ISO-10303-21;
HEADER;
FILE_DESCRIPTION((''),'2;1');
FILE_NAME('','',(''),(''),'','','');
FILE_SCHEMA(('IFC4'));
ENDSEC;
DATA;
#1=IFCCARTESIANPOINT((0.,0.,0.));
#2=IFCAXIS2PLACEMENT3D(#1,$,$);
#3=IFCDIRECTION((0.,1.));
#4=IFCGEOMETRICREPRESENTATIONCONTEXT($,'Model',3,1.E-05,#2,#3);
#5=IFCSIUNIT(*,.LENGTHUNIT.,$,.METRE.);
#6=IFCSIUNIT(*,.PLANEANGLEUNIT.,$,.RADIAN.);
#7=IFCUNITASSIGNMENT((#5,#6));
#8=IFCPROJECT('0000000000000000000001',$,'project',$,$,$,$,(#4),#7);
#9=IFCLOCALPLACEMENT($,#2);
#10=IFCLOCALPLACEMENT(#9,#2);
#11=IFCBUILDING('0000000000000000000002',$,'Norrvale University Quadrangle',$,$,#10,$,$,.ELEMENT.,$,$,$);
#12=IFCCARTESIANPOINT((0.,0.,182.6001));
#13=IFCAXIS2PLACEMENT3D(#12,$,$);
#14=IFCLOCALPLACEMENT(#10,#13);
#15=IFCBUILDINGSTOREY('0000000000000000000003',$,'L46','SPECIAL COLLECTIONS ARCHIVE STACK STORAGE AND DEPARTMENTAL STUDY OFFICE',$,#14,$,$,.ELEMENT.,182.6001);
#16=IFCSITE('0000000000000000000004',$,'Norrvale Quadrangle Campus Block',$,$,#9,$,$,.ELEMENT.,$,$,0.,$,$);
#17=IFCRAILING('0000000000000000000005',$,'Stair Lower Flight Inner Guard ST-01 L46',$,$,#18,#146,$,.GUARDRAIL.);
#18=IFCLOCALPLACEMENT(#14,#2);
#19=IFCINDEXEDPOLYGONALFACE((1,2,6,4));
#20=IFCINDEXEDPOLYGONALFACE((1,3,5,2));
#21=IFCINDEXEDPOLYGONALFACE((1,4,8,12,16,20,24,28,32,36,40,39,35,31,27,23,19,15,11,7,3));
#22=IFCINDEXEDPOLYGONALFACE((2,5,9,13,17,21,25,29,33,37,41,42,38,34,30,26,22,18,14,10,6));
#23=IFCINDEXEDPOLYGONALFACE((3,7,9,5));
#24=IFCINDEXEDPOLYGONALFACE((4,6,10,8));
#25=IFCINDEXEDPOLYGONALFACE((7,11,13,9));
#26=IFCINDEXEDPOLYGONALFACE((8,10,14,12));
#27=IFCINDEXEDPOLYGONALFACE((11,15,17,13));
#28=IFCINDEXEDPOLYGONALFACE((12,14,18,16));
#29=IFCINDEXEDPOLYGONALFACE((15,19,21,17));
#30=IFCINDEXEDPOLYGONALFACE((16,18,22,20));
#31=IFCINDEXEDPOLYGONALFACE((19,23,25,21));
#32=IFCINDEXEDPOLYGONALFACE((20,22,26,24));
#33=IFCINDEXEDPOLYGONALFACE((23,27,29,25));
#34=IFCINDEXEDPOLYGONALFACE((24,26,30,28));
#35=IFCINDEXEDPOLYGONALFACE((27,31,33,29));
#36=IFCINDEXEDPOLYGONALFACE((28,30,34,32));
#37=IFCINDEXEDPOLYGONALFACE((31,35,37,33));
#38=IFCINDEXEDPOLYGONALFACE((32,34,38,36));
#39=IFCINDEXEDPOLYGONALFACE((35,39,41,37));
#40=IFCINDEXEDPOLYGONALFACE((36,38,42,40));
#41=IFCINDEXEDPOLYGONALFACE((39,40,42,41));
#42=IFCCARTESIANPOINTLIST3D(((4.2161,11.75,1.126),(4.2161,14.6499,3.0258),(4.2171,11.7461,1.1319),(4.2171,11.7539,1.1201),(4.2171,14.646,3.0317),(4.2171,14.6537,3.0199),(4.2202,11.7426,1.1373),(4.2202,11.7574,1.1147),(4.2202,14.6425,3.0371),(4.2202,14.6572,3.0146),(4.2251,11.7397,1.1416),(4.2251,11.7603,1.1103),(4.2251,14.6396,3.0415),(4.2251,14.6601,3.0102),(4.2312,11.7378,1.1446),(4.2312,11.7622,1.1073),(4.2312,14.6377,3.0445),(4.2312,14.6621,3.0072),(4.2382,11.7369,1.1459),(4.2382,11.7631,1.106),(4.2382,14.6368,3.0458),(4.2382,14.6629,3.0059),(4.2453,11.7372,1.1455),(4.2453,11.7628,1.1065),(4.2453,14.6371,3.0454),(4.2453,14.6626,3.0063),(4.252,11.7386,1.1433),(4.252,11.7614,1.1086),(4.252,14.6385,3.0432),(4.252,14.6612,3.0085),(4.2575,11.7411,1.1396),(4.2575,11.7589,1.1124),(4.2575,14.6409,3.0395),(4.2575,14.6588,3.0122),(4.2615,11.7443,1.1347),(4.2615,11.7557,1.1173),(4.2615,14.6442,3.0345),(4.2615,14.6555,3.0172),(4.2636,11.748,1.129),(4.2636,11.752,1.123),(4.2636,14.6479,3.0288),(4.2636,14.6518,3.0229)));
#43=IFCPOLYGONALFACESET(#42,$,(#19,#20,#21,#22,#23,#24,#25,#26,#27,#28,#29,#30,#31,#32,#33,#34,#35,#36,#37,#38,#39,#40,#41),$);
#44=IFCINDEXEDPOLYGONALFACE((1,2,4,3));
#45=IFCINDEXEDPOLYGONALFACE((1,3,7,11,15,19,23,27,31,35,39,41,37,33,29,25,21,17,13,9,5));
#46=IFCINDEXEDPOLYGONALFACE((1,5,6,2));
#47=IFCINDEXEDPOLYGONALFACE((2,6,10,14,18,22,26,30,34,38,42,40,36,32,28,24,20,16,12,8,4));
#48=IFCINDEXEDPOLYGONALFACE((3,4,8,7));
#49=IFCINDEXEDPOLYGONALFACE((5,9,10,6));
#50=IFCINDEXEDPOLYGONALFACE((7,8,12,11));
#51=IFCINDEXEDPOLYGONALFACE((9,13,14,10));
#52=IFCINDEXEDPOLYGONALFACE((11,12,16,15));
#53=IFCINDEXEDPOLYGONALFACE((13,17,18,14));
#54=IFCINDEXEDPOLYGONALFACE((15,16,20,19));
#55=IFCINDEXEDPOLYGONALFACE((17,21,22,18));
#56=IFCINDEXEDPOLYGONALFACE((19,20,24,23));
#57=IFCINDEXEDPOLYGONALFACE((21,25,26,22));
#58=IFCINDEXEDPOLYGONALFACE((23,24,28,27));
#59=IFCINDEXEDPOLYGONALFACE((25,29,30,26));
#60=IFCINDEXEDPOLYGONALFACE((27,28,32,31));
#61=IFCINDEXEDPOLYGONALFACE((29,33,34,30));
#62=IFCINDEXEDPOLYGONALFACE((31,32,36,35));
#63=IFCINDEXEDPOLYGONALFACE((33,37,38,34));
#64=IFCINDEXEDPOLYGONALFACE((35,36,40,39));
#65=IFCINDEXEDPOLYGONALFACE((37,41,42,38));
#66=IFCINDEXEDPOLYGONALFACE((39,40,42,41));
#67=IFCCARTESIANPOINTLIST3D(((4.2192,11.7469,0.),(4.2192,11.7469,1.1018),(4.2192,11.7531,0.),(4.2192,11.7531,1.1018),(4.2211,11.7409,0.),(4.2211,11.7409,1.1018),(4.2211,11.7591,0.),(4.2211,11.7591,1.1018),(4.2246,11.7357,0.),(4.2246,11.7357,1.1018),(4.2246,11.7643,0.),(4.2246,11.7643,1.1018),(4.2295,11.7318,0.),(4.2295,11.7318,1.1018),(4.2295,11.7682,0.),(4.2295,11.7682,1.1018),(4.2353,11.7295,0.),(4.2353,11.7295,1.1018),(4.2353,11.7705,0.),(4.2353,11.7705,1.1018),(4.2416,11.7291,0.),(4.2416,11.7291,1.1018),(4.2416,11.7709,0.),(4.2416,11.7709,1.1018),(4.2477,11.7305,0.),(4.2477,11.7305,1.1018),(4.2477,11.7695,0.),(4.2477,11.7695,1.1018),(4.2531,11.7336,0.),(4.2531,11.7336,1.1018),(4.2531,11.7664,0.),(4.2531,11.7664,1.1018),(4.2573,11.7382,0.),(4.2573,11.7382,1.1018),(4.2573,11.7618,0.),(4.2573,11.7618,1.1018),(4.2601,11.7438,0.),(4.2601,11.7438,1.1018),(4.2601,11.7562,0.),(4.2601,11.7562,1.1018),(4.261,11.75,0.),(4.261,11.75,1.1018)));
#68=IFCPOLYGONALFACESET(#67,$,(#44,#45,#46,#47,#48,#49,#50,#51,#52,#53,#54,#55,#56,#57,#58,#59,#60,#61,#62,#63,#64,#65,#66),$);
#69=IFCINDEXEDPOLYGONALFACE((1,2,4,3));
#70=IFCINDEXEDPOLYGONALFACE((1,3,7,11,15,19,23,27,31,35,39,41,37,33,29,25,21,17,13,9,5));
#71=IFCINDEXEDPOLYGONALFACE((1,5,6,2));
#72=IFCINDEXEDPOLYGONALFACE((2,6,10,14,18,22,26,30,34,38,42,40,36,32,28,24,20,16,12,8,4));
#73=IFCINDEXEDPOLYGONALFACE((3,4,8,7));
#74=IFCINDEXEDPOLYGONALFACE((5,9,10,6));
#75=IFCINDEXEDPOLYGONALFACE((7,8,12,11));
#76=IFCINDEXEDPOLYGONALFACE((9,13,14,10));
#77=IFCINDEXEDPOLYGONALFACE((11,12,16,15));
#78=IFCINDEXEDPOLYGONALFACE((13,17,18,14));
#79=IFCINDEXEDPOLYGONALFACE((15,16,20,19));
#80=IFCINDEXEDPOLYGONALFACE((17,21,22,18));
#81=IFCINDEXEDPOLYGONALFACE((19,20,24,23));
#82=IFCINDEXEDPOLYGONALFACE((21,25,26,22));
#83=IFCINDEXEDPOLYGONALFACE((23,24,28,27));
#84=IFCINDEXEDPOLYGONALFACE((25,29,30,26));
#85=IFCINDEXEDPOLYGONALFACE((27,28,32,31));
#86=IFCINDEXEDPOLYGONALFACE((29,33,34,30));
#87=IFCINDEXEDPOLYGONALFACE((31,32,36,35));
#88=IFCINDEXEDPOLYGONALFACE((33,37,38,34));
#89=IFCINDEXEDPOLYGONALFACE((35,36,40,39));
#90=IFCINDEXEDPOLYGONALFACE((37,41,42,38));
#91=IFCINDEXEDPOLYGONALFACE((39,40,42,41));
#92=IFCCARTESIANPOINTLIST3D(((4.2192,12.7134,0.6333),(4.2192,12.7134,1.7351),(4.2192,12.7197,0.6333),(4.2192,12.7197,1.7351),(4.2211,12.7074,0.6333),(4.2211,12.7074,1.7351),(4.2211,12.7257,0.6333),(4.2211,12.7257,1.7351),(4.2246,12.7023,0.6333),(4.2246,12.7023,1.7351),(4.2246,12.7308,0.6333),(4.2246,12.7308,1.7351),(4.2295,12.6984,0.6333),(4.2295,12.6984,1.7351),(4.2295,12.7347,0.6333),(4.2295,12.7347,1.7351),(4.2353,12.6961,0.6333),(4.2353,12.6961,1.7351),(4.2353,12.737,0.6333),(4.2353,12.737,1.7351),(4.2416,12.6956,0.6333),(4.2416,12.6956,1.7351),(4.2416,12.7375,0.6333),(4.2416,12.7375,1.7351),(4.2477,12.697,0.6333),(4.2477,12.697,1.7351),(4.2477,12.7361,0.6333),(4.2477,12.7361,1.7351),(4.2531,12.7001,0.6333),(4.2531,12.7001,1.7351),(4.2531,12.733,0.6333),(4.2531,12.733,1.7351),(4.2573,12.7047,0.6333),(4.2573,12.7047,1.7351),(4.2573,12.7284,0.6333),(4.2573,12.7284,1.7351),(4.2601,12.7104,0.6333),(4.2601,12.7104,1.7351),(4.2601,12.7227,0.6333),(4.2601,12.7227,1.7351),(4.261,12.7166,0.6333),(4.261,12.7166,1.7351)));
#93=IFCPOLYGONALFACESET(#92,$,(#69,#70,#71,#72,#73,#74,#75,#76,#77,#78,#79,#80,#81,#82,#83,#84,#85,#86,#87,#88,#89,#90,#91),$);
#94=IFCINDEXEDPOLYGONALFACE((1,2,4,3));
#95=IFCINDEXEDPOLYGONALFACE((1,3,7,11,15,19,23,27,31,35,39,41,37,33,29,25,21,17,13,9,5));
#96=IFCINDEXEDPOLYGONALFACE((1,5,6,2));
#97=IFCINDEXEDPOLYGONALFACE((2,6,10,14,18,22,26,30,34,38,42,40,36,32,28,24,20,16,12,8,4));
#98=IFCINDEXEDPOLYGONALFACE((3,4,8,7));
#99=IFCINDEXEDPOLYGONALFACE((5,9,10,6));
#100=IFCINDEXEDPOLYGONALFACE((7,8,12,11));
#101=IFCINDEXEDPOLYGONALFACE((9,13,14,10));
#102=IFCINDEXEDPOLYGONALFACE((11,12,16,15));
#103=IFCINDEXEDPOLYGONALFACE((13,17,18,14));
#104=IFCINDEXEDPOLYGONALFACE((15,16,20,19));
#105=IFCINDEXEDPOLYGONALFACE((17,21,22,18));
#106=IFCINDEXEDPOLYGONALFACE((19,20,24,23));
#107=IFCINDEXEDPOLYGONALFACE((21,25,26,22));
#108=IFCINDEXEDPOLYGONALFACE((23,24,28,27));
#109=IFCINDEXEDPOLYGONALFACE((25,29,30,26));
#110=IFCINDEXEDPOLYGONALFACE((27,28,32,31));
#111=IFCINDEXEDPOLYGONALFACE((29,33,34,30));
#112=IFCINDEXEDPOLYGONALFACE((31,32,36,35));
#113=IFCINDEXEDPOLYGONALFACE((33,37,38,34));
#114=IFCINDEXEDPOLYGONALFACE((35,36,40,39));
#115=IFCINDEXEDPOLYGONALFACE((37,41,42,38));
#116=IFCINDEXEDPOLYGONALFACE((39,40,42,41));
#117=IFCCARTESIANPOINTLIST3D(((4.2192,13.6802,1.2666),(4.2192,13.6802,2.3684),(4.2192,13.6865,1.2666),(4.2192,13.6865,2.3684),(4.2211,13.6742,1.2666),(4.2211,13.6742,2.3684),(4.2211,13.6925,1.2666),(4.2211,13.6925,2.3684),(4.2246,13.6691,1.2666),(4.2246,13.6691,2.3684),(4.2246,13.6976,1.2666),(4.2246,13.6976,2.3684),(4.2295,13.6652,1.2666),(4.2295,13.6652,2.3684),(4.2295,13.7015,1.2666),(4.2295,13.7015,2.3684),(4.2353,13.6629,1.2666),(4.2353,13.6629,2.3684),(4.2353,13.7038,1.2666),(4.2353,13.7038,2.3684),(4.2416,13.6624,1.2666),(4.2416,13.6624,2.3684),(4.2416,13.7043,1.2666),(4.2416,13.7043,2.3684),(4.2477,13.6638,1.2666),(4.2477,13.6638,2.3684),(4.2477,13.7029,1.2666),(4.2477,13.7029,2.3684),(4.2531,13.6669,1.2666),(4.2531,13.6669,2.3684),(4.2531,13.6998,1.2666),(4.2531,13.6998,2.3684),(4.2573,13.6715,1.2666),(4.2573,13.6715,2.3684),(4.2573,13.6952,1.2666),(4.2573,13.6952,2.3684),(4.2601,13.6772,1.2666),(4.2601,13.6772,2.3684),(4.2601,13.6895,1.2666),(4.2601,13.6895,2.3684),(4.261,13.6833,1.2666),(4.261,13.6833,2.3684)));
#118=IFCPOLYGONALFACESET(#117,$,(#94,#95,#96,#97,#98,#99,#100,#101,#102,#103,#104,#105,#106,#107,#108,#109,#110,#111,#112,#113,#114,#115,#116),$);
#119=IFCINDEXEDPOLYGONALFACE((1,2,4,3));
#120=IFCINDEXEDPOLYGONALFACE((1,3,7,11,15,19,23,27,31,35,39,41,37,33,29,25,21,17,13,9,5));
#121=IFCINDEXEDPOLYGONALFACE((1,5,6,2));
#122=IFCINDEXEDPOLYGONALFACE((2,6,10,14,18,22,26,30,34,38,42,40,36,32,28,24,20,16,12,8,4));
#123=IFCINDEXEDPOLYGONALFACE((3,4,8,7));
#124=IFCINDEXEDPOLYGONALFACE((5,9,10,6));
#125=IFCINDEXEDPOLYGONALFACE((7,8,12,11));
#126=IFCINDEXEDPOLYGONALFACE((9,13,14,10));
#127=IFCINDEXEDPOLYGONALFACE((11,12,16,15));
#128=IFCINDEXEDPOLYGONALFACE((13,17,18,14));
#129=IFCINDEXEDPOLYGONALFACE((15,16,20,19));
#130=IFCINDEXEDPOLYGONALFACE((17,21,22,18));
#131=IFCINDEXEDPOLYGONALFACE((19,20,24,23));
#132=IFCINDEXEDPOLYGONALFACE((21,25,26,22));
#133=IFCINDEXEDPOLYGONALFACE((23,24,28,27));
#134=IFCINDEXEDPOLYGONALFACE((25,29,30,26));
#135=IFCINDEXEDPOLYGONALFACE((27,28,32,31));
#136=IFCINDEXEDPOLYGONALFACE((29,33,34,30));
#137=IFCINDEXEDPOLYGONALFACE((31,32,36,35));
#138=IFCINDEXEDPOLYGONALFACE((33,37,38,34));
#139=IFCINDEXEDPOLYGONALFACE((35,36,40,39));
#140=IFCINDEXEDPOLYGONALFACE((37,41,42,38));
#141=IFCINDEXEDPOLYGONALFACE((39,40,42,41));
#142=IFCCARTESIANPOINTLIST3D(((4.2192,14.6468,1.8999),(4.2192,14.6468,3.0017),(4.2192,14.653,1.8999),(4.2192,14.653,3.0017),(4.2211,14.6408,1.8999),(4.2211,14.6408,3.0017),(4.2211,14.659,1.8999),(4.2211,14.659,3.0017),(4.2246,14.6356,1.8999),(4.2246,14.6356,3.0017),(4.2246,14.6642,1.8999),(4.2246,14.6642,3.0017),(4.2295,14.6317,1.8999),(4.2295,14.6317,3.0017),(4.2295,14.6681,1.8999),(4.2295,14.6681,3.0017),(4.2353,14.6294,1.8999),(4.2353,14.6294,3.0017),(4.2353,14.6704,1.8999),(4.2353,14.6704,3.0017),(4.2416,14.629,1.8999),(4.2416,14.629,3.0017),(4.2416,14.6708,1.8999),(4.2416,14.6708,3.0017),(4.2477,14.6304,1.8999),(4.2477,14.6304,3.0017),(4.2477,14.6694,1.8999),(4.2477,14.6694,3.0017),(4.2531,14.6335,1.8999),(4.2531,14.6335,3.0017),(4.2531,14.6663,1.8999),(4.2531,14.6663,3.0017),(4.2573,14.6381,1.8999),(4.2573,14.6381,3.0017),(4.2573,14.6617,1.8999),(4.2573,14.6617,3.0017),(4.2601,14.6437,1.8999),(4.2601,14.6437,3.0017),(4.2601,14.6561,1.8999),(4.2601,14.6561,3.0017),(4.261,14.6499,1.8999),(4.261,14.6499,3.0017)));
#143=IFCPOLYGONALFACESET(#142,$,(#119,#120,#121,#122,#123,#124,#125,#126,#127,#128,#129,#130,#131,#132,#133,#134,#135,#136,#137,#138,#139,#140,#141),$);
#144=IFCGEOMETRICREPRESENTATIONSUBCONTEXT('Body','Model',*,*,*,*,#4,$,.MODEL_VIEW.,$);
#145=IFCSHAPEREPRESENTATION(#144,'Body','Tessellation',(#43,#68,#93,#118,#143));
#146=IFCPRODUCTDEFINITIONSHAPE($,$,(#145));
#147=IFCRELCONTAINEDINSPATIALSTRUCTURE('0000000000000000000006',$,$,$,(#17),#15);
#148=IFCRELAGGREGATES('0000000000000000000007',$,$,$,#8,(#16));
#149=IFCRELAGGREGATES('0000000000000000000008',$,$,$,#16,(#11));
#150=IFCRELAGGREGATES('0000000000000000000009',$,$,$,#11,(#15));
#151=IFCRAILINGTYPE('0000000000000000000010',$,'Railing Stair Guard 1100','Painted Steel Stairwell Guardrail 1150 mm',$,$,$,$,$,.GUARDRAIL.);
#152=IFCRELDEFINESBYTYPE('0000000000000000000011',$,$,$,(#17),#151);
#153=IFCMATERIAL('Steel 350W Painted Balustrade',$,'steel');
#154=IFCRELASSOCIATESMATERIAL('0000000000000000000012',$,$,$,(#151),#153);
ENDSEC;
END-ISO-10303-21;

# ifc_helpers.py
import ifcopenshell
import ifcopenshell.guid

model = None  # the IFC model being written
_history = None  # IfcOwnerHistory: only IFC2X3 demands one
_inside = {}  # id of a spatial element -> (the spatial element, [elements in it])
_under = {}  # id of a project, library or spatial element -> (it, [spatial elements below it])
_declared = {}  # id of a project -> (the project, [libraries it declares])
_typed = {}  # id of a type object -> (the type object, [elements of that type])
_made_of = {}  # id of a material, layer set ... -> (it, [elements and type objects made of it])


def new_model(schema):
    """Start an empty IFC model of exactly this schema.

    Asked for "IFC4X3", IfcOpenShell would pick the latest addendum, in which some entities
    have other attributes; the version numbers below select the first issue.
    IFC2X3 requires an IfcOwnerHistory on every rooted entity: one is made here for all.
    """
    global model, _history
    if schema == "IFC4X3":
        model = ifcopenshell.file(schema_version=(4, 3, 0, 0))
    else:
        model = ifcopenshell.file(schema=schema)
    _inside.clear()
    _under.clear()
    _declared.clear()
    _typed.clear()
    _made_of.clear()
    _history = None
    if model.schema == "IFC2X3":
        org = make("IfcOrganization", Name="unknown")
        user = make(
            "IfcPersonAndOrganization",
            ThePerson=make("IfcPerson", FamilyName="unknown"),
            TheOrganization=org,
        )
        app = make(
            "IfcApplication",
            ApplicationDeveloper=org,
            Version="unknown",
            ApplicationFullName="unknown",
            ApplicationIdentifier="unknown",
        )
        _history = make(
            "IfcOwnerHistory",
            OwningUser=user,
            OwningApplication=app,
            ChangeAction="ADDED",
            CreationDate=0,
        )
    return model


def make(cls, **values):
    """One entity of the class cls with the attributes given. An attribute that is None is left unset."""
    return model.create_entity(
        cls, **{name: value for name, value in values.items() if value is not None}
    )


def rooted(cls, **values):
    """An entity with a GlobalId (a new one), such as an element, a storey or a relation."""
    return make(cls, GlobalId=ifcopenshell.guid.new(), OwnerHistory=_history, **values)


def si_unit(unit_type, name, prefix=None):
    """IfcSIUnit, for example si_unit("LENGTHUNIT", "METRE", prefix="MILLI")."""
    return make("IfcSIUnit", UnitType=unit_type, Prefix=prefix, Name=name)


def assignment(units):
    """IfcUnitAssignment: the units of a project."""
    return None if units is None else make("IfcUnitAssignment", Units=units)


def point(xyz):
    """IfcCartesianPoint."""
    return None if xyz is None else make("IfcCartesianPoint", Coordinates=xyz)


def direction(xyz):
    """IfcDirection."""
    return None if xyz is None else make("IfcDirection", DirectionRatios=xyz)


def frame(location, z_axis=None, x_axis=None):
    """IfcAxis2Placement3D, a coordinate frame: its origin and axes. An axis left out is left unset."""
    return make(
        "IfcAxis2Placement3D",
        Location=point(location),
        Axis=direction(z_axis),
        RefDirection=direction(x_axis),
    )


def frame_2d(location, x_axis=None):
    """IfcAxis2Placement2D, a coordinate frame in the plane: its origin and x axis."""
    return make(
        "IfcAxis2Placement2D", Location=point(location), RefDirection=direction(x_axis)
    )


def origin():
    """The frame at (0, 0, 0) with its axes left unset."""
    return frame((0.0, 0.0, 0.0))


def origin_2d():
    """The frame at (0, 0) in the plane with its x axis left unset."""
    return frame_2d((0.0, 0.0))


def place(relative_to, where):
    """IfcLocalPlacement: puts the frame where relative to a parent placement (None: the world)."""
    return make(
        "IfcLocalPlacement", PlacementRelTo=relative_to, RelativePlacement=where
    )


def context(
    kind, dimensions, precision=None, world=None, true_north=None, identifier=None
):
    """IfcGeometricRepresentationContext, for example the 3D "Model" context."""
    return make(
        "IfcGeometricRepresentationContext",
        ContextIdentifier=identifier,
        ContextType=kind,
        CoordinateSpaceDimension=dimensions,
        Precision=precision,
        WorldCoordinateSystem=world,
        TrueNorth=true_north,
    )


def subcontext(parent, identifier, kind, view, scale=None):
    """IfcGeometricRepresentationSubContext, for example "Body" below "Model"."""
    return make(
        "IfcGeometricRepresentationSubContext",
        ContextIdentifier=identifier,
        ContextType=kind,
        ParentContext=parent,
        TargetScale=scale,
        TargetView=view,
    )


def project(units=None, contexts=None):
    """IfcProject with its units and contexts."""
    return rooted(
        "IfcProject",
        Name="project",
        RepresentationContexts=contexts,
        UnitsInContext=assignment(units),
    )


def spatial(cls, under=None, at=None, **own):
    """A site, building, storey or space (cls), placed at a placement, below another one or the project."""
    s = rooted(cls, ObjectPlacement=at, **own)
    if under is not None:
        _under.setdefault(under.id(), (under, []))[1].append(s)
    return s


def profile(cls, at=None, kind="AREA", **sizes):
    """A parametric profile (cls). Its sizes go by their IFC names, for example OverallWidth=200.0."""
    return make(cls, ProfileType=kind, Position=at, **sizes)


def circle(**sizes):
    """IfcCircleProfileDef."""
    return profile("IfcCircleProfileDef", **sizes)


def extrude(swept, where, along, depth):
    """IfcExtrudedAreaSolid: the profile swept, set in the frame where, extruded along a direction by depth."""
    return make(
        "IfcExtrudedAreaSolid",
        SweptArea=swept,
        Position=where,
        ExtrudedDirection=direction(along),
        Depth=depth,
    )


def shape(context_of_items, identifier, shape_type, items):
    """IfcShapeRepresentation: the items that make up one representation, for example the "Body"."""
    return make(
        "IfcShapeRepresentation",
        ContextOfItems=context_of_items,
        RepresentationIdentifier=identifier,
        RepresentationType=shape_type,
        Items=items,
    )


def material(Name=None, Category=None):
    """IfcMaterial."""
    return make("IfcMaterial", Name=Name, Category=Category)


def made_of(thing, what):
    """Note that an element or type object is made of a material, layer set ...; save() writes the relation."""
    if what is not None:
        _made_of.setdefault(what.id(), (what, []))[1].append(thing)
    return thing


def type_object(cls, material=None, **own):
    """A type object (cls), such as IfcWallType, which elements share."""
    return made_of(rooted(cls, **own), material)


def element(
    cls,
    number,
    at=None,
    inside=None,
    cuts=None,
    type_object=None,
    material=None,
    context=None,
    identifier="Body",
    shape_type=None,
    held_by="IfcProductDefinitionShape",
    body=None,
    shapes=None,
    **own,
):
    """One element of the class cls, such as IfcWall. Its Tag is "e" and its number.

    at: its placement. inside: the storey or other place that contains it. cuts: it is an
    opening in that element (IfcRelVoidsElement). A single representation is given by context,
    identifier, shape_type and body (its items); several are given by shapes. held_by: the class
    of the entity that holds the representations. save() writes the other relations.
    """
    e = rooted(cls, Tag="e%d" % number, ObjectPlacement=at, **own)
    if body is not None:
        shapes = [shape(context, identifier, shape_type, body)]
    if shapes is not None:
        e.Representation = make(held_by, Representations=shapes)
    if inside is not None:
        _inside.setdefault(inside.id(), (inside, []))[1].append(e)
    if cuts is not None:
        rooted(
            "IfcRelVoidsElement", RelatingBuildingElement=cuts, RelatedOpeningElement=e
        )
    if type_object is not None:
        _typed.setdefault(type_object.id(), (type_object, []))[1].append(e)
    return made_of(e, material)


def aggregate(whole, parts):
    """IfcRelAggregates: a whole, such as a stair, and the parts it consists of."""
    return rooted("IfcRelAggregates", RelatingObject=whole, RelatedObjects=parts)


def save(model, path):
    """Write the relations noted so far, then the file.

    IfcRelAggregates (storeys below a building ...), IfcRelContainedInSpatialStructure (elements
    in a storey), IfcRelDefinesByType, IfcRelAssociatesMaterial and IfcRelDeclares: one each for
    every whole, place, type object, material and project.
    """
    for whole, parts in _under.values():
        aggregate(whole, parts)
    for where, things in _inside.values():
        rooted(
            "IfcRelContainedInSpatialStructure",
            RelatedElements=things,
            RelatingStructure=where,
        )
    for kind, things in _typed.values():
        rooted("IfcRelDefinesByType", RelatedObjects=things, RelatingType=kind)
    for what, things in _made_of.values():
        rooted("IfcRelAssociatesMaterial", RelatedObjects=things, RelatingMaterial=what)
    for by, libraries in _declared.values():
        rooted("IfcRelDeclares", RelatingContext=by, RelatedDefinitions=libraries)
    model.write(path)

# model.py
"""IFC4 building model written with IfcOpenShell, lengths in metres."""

from ifc_helpers import new_model, si_unit, direction, frame, origin, origin_2d, place, context, subcontext, project, spatial, circle, extrude, material, type_object, element, save


model = new_model("IFC4")

# Units and contexts
model_context = context("Model", 3, precision=1e-05, world=origin(), true_north=direction((0.0, 1.0)))
body_context = subcontext(model_context, "Body", "Model", "MODEL_VIEW")
ifc_project = project(units=[si_unit("LENGTHUNIT", "METRE"), si_unit("PLANEANGLEUNIT", "RADIAN")], contexts=[model_context])

# Site, building, storey
site_placement = place(None, origin())
site = spatial("IfcSite", under=ifc_project, at=site_placement, Name="Norrvale Quadrangle Campus Block", CompositionType="ELEMENT", RefElevation=0.0)
building_placement = place(site_placement, origin())
building = spatial("IfcBuilding", under=site, at=building_placement, Name="Norrvale University Quadrangle", CompositionType="ELEMENT")
storey_placement = place(building_placement, frame((0.0, 0.0, 182.6001)))
storey = spatial("IfcBuildingStorey", under=building, at=storey_placement, Name="L46", Description="SPECIAL COLLECTIONS ARCHIVE STACK STORAGE AND DEPARTMENTAL STUDY OFFICE", CompositionType="ELEMENT", Elevation=182.6001)

# Railing
ifc_material_1 = material(Name="Steel 350W Painted Balustrade", Category="steel")
railing_type_1 = type_object("IfcRailingType", Name="Railing Stair Guard 1100", Description="Painted Steel Stairwell Guardrail 1150 mm", PredefinedType="GUARDRAIL", material=ifc_material_1)
railing_1_placement = place(storey_placement, frame((4.24, 11.75, 0.0)))
element("IfcRailing", 1, at=railing_1_placement, inside=storey, type_object=railing_type_1, Name="Stair Lower Flight Inner Guard ST-01 L46", PredefinedType="GUARDRAIL", context=body_context, shape_type="SweptSolid", body=[
    extrude(circle(Radius=0.0239, at=origin_2d()), frame((0.0, 0.0, 1.126), z_axis=(0.0, 0.836466, 0.548019), x_axis=(-1.0, 0.0, 0.0)), (0.0, 0.0, 1.0), 3.4668),
    extrude(circle(Radius=0.021, at=origin_2d()), origin(), (0.0, 0.0, 1.0), 1.1018),
    extrude(circle(Radius=0.021, at=origin_2d()), frame((0.0, 0.9666, 0.6333)), (0.0, 0.0, 1.0), 1.1018),
    extrude(circle(Radius=0.021, at=origin_2d()), frame((0.0, 1.9333, 1.2666)), (0.0, 0.0, 1.0), 1.1018),
    extrude(circle(Radius=0.021, at=origin_2d()), frame((0.0, 2.8999, 1.8999)), (0.0, 0.0, 1.0), 1.1018),
])

save(model, "model.ifc")
